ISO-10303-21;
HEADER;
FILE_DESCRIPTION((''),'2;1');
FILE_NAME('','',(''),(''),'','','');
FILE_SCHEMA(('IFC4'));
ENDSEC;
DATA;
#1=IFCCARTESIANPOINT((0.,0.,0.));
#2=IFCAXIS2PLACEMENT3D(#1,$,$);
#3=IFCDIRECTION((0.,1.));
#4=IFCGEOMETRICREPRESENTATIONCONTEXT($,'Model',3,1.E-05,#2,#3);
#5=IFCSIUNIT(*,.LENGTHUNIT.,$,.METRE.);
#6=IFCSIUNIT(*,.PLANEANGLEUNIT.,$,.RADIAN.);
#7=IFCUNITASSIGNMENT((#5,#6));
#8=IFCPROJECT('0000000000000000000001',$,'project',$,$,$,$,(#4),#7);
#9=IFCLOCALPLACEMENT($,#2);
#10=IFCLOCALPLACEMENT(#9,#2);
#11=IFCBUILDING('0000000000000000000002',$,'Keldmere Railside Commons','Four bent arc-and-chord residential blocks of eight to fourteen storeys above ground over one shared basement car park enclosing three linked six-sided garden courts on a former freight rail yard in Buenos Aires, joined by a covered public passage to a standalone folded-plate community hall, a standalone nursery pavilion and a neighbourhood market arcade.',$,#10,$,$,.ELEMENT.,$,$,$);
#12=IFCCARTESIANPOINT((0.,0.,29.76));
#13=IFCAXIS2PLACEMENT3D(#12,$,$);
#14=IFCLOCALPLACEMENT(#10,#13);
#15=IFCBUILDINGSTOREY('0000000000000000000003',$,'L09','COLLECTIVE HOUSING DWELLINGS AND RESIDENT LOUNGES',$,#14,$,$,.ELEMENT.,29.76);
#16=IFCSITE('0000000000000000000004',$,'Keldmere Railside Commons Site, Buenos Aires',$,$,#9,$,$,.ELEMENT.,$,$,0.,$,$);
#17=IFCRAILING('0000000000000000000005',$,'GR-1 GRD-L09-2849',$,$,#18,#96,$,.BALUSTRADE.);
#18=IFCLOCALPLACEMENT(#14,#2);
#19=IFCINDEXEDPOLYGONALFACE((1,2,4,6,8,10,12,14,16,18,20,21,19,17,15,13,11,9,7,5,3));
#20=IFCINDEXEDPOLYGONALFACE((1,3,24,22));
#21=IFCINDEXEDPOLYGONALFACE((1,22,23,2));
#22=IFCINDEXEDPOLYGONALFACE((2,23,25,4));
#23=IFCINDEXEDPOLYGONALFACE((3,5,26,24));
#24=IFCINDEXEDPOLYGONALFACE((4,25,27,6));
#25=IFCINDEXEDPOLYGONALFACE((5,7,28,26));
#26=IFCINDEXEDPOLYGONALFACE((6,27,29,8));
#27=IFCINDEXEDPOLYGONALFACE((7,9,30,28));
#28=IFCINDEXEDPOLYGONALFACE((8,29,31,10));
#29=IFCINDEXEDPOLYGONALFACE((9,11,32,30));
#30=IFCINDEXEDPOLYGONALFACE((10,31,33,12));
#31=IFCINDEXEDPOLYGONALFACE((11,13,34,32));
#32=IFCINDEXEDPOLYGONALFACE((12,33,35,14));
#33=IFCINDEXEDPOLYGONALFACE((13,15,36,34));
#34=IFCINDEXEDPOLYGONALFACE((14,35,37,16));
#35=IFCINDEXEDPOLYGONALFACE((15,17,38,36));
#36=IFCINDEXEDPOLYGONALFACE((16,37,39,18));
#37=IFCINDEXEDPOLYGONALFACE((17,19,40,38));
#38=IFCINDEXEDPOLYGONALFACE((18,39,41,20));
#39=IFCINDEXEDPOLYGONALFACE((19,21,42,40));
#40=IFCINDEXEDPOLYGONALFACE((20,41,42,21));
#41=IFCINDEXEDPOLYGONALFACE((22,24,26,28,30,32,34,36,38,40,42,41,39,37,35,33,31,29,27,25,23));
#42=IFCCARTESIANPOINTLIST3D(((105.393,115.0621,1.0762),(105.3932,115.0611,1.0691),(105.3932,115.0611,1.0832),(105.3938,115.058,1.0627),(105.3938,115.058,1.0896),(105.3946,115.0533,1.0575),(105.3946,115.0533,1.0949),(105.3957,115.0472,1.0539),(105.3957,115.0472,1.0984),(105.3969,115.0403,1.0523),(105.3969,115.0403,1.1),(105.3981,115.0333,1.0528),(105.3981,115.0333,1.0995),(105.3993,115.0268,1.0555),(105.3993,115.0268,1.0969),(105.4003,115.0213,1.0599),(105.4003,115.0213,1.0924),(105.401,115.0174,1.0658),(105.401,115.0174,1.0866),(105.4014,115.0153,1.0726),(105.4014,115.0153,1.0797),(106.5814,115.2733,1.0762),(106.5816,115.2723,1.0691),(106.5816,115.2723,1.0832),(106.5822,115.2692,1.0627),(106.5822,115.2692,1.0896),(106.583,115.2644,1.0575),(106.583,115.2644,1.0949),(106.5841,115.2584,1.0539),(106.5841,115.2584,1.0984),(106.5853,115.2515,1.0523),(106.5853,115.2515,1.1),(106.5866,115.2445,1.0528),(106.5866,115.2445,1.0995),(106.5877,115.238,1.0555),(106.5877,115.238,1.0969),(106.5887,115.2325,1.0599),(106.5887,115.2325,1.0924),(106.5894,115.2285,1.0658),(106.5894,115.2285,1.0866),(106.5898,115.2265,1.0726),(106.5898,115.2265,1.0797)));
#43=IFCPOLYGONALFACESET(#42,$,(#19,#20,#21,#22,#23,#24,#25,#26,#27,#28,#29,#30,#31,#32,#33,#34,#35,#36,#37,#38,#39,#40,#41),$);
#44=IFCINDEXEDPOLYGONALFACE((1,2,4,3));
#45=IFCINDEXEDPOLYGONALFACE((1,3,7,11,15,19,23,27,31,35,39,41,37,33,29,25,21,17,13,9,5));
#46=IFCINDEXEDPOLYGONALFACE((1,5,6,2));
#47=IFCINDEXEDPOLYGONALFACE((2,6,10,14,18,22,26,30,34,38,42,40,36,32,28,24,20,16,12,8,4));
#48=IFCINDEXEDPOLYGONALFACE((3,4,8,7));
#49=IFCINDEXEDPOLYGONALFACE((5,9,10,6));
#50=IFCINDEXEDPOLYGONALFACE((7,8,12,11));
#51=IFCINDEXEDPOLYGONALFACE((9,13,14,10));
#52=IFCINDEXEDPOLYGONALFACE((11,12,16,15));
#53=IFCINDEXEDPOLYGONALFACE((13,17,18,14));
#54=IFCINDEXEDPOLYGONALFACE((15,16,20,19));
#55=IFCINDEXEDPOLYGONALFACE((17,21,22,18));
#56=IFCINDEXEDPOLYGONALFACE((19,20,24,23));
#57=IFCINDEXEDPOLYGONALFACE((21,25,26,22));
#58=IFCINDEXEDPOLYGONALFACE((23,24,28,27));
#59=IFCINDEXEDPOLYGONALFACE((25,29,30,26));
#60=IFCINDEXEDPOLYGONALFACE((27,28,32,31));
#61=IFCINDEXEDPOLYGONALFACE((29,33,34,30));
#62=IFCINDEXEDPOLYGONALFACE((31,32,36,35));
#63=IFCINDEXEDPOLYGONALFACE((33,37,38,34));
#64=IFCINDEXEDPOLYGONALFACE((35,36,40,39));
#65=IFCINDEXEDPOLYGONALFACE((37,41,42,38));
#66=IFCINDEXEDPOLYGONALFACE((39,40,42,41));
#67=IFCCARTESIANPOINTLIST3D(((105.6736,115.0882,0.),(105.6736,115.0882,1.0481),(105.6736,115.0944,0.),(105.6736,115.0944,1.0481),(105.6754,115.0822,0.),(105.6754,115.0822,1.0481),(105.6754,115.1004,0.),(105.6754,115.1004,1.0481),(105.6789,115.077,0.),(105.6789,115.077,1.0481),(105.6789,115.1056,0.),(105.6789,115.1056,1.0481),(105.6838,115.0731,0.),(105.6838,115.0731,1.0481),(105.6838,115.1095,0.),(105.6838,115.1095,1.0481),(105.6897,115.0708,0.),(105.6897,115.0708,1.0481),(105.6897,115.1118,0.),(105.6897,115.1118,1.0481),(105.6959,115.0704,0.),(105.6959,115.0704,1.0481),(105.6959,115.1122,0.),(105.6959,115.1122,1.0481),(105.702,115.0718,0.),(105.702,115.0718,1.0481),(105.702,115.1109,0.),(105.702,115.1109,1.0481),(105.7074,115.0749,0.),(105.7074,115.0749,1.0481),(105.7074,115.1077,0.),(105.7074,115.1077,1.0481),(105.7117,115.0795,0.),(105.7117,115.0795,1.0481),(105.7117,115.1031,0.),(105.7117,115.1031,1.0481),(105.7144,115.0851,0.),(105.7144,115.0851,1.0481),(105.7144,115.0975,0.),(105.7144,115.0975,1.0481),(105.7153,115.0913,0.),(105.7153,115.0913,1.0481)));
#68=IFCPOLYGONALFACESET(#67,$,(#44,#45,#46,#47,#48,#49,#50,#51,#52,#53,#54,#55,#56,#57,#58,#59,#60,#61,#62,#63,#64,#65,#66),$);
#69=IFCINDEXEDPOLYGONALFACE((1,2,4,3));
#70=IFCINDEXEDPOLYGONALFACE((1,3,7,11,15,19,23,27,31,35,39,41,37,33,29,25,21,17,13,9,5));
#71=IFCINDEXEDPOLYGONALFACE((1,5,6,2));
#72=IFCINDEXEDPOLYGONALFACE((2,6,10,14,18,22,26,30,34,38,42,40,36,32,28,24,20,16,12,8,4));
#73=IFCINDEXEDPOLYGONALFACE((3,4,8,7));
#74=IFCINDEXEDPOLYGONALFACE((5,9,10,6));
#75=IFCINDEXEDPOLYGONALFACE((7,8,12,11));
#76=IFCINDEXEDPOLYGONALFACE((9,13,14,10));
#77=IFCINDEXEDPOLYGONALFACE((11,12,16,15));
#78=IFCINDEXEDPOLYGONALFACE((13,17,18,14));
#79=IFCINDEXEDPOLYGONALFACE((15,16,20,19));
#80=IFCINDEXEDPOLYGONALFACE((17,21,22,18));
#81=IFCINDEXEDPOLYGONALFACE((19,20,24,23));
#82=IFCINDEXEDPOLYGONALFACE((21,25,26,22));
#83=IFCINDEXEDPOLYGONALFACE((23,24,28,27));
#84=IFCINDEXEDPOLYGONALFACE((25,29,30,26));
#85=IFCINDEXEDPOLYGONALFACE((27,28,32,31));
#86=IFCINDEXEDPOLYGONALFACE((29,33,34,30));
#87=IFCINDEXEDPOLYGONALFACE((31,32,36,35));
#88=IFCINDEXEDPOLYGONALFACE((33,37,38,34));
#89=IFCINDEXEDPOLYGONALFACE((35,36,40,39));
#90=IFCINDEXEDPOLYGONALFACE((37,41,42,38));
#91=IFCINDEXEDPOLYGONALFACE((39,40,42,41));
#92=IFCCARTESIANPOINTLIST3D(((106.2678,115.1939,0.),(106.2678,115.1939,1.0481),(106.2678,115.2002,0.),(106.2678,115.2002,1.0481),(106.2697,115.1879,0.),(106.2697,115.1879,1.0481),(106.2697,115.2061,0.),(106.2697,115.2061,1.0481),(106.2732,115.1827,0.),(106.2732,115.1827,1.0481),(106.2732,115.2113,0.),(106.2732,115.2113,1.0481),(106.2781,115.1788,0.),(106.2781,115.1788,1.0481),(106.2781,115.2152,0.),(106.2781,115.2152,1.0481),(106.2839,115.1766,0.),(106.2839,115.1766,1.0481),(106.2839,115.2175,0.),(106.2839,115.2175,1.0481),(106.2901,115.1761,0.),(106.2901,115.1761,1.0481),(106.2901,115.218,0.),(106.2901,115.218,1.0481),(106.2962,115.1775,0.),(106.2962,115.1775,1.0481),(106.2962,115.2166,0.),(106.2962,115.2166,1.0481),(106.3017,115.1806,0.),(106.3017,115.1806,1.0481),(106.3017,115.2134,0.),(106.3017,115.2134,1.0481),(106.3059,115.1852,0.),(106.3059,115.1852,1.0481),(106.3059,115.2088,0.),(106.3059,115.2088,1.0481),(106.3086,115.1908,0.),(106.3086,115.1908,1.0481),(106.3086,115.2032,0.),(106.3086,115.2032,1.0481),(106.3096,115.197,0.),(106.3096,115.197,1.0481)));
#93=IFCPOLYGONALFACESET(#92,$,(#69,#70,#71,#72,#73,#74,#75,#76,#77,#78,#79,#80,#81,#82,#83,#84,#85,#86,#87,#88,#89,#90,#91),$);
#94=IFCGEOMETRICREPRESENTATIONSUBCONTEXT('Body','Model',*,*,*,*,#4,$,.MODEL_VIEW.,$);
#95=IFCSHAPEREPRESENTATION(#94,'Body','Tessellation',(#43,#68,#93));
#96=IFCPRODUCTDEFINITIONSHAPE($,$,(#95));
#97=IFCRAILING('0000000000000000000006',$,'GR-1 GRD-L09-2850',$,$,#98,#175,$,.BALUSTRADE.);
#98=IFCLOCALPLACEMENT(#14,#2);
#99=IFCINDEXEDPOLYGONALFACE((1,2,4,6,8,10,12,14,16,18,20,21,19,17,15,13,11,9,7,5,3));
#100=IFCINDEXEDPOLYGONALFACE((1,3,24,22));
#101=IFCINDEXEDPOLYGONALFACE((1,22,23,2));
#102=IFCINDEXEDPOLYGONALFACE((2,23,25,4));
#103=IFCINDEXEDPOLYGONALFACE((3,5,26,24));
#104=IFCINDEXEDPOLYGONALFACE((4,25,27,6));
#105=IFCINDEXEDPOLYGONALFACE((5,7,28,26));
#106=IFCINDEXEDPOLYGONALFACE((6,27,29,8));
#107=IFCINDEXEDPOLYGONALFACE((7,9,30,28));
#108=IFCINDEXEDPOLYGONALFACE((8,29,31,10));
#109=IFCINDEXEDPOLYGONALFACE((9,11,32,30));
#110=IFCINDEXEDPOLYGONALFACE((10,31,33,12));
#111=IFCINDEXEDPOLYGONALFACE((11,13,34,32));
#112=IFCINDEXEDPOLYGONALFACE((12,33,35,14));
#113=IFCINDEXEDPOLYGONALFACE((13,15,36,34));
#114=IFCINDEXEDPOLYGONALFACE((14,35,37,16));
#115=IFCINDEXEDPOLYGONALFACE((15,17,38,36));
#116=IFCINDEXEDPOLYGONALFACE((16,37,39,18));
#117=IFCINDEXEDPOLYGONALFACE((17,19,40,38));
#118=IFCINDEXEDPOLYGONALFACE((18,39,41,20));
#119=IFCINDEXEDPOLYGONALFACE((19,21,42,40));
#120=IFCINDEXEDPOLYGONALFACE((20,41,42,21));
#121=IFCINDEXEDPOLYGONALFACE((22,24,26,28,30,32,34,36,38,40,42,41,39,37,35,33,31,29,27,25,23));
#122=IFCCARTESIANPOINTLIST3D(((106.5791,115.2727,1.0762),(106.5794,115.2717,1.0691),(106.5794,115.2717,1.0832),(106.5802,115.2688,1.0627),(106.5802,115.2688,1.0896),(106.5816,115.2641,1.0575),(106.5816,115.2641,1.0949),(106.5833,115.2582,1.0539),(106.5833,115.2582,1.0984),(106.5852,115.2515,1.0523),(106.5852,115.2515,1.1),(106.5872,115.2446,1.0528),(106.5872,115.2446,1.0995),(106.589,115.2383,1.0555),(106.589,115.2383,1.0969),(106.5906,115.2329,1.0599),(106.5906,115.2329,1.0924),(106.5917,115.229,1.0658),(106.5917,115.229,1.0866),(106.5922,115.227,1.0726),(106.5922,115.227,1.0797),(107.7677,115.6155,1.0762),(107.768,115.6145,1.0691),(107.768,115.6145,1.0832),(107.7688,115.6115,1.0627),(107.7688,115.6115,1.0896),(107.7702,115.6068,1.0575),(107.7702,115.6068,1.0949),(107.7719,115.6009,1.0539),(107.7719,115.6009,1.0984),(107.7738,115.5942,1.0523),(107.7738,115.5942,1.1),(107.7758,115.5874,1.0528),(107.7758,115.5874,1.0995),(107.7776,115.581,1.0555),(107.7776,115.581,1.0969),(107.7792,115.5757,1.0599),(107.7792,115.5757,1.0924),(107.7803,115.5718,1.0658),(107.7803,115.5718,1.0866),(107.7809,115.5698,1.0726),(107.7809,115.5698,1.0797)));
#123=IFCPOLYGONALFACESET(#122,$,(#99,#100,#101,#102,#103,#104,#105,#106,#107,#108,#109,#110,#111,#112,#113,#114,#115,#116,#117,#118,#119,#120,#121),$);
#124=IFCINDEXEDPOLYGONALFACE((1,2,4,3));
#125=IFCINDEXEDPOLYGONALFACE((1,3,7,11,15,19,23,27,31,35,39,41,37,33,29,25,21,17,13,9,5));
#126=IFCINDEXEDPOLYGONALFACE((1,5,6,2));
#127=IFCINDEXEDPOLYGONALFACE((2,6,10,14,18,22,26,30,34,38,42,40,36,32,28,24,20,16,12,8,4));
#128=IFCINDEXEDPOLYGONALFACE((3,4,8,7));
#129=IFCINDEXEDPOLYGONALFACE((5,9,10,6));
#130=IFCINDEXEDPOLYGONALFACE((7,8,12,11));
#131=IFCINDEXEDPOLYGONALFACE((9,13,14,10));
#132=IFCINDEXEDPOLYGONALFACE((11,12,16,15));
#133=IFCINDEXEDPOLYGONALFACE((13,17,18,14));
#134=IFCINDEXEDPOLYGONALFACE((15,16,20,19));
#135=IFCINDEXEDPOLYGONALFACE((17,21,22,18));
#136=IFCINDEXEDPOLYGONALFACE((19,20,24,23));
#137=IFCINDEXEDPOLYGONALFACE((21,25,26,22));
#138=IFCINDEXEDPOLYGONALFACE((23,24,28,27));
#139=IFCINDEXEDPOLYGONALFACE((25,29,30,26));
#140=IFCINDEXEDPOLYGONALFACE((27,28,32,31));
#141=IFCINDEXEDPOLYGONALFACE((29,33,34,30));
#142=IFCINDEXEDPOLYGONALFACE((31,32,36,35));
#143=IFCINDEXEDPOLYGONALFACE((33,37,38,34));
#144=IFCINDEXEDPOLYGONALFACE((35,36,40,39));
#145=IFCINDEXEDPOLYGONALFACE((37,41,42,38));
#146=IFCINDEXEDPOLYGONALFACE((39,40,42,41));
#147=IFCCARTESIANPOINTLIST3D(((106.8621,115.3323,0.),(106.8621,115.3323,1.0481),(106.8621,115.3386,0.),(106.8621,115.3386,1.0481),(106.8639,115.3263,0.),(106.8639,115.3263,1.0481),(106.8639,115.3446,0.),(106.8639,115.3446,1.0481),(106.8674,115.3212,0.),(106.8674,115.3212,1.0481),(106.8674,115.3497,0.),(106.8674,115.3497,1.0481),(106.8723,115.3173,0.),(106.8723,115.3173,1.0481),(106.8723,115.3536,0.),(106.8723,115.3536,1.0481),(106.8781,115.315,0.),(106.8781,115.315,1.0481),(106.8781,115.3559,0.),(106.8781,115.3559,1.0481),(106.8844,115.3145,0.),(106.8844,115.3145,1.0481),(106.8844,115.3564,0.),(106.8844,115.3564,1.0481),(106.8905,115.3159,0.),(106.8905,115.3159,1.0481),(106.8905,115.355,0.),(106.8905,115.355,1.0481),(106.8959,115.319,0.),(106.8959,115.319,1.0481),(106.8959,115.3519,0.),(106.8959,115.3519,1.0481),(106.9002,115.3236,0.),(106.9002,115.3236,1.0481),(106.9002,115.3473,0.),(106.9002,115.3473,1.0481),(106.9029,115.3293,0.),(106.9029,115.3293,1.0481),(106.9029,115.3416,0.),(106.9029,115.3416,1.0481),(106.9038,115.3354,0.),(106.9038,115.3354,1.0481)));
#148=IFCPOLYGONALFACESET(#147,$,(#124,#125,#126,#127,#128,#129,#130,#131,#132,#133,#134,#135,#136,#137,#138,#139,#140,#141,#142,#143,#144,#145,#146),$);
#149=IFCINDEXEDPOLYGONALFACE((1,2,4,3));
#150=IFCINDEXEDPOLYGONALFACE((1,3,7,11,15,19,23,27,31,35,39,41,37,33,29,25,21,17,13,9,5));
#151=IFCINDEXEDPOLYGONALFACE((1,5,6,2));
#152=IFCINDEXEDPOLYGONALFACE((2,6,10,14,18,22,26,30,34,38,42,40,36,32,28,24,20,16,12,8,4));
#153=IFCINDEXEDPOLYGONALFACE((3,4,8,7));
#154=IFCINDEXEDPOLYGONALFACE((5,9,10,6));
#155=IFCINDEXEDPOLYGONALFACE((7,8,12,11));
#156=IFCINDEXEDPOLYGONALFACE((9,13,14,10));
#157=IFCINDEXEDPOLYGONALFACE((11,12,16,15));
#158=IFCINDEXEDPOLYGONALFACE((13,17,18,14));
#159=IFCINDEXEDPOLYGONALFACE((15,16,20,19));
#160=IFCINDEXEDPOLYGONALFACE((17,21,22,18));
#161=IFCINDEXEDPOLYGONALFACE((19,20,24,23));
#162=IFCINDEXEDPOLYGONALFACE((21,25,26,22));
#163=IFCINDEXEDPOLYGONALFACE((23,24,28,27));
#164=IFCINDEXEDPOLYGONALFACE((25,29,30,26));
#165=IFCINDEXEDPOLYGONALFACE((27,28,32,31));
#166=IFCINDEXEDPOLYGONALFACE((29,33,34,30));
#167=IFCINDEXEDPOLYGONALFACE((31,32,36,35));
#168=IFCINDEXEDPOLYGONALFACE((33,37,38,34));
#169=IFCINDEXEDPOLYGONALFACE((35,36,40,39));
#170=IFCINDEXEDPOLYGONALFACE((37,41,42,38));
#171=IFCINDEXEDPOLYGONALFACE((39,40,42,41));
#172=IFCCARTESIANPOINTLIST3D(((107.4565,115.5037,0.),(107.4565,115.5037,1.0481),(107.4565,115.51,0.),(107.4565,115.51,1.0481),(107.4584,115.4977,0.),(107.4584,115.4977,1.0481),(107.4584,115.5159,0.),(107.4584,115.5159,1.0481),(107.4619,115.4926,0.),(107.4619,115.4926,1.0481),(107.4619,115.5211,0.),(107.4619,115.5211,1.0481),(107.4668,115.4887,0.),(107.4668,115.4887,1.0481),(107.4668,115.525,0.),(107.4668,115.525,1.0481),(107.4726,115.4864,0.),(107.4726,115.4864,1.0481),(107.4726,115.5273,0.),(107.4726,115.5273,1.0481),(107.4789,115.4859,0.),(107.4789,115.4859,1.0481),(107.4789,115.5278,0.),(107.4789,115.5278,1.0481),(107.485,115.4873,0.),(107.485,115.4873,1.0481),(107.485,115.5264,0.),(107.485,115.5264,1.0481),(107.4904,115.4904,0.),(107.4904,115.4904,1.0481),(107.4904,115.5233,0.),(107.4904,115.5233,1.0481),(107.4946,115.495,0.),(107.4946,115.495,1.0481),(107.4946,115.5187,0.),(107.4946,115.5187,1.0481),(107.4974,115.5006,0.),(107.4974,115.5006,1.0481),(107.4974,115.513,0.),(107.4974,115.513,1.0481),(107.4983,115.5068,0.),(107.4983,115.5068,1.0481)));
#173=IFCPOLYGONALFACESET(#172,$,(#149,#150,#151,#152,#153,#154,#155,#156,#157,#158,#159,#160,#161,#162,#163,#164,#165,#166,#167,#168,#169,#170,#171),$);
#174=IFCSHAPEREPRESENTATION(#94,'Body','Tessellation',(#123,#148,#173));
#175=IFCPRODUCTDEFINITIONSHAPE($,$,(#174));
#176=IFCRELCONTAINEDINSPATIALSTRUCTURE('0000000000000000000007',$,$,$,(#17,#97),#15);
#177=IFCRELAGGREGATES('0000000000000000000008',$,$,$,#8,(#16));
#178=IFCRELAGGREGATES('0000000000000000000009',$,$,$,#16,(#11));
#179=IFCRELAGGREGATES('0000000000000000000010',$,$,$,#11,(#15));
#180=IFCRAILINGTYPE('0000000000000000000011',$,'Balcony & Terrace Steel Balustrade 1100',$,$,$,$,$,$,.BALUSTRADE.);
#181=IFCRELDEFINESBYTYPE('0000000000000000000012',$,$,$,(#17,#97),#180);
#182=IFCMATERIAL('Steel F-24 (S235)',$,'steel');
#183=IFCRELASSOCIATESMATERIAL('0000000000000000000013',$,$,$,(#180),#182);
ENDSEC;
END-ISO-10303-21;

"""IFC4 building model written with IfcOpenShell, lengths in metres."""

from ifc_helpers import new_model, si_unit, direction, frame, origin, origin_2d, place, context, subcontext, project, spatial, circle, extrude, material, type_object, element, save


model = new_model("IFC4")

# Units and contexts
model_context = context("Model", 3, precision=1e-05, world=origin(), true_north=direction((0.0, 1.0)))
body_context = subcontext(model_context, "Body", "Model", "MODEL_VIEW")
ifc_project = project(units=[si_unit("LENGTHUNIT", "METRE"), si_unit("PLANEANGLEUNIT", "RADIAN")], contexts=[model_context])

# Site, building, storey
site_placement = place(None, origin())
site = spatial("IfcSite", under=ifc_project, at=site_placement, Name="Keldmere Railside Commons Site, Buenos Aires", CompositionType="ELEMENT", RefElevation=0.0)
building_placement = place(site_placement, origin())
building = spatial("IfcBuilding", under=site, at=building_placement, Name="Keldmere Railside Commons", Description="Four bent arc-and-chord residential blocks of eight to fourteen storeys above ground over one shared basement car park enclosing three linked six-sided garden courts on a former freight rail yard in Buenos Aires, joined by a covered public passage to a standalone folded-plate community hall, a standalone nursery pavilion and a neighbourhood market arcade.", CompositionType="ELEMENT")
storey_placement = place(building_placement, frame((0.0, 0.0, 29.76)))
storey = spatial("IfcBuildingStorey", under=building, at=storey_placement, Name="L09", Description="COLLECTIVE HOUSING DWELLINGS AND RESIDENT LOUNGES", CompositionType="ELEMENT", Elevation=29.76)

# Railings
ifc_material_1 = material(Name="Steel F-24 (S235)", Category="steel")
railing_type = type_object("IfcRailingType", Name="Balcony & Terrace Steel Balustrade 1100", PredefinedType="BALUSTRADE", material=ifc_material_1)
railing_1_placement = place(storey_placement, frame((105.3972, 115.0386, 0.0)))
element("IfcRailing", 1, at=railing_1_placement, inside=storey, type_object=railing_type, Name="GR-1 GRD-L09-2849", PredefinedType="BALUSTRADE", context=body_context, shape_type="SweptSolid", body=[
    extrude(circle(Radius=0.0239, at=origin_2d()), frame((0.0, 0.0, 1.0762), z_axis=(0.984577, 0.174951, 0.0), x_axis=(-0.174951, 0.984577, 0.0)), (0.0, 0.0, 1.0), 1.207),
    extrude(circle(Radius=0.021, at=origin_2d()), frame((0.2971, 0.0527, 0.0)), (0.0, 0.0, 1.0), 1.0481),
    extrude(circle(Radius=0.021, at=origin_2d()), frame((0.8914, 0.1584, 0.0)), (0.0, 0.0, 1.0), 1.0481),
])
railing_2_placement = place(storey_placement, frame((106.5857, 115.2498, 0.0)))
element("IfcRailing", 2, at=railing_2_placement, inside=storey, type_object=railing_type, Name="GR-1 GRD-L09-2850", PredefinedType="BALUSTRADE", context=body_context, shape_type="SweptSolid", body=[
    extrude(circle(Radius=0.0239, at=origin_2d()), frame((0.0, 0.0, 1.0762), z_axis=(0.960851, 0.277066, 0.0), x_axis=(-0.277066, 0.960851, 0.0)), (0.0, 0.0, 1.0), 1.2371),
    extrude(circle(Radius=0.021, at=origin_2d()), frame((0.2971, 0.0857, 0.0)), (0.0, 0.0, 1.0), 1.0481),
    extrude(circle(Radius=0.021, at=origin_2d()), frame((0.8916, 0.2571, 0.0)), (0.0, 0.0, 1.0), 1.0481),
])

save(model, "model.ifc")
